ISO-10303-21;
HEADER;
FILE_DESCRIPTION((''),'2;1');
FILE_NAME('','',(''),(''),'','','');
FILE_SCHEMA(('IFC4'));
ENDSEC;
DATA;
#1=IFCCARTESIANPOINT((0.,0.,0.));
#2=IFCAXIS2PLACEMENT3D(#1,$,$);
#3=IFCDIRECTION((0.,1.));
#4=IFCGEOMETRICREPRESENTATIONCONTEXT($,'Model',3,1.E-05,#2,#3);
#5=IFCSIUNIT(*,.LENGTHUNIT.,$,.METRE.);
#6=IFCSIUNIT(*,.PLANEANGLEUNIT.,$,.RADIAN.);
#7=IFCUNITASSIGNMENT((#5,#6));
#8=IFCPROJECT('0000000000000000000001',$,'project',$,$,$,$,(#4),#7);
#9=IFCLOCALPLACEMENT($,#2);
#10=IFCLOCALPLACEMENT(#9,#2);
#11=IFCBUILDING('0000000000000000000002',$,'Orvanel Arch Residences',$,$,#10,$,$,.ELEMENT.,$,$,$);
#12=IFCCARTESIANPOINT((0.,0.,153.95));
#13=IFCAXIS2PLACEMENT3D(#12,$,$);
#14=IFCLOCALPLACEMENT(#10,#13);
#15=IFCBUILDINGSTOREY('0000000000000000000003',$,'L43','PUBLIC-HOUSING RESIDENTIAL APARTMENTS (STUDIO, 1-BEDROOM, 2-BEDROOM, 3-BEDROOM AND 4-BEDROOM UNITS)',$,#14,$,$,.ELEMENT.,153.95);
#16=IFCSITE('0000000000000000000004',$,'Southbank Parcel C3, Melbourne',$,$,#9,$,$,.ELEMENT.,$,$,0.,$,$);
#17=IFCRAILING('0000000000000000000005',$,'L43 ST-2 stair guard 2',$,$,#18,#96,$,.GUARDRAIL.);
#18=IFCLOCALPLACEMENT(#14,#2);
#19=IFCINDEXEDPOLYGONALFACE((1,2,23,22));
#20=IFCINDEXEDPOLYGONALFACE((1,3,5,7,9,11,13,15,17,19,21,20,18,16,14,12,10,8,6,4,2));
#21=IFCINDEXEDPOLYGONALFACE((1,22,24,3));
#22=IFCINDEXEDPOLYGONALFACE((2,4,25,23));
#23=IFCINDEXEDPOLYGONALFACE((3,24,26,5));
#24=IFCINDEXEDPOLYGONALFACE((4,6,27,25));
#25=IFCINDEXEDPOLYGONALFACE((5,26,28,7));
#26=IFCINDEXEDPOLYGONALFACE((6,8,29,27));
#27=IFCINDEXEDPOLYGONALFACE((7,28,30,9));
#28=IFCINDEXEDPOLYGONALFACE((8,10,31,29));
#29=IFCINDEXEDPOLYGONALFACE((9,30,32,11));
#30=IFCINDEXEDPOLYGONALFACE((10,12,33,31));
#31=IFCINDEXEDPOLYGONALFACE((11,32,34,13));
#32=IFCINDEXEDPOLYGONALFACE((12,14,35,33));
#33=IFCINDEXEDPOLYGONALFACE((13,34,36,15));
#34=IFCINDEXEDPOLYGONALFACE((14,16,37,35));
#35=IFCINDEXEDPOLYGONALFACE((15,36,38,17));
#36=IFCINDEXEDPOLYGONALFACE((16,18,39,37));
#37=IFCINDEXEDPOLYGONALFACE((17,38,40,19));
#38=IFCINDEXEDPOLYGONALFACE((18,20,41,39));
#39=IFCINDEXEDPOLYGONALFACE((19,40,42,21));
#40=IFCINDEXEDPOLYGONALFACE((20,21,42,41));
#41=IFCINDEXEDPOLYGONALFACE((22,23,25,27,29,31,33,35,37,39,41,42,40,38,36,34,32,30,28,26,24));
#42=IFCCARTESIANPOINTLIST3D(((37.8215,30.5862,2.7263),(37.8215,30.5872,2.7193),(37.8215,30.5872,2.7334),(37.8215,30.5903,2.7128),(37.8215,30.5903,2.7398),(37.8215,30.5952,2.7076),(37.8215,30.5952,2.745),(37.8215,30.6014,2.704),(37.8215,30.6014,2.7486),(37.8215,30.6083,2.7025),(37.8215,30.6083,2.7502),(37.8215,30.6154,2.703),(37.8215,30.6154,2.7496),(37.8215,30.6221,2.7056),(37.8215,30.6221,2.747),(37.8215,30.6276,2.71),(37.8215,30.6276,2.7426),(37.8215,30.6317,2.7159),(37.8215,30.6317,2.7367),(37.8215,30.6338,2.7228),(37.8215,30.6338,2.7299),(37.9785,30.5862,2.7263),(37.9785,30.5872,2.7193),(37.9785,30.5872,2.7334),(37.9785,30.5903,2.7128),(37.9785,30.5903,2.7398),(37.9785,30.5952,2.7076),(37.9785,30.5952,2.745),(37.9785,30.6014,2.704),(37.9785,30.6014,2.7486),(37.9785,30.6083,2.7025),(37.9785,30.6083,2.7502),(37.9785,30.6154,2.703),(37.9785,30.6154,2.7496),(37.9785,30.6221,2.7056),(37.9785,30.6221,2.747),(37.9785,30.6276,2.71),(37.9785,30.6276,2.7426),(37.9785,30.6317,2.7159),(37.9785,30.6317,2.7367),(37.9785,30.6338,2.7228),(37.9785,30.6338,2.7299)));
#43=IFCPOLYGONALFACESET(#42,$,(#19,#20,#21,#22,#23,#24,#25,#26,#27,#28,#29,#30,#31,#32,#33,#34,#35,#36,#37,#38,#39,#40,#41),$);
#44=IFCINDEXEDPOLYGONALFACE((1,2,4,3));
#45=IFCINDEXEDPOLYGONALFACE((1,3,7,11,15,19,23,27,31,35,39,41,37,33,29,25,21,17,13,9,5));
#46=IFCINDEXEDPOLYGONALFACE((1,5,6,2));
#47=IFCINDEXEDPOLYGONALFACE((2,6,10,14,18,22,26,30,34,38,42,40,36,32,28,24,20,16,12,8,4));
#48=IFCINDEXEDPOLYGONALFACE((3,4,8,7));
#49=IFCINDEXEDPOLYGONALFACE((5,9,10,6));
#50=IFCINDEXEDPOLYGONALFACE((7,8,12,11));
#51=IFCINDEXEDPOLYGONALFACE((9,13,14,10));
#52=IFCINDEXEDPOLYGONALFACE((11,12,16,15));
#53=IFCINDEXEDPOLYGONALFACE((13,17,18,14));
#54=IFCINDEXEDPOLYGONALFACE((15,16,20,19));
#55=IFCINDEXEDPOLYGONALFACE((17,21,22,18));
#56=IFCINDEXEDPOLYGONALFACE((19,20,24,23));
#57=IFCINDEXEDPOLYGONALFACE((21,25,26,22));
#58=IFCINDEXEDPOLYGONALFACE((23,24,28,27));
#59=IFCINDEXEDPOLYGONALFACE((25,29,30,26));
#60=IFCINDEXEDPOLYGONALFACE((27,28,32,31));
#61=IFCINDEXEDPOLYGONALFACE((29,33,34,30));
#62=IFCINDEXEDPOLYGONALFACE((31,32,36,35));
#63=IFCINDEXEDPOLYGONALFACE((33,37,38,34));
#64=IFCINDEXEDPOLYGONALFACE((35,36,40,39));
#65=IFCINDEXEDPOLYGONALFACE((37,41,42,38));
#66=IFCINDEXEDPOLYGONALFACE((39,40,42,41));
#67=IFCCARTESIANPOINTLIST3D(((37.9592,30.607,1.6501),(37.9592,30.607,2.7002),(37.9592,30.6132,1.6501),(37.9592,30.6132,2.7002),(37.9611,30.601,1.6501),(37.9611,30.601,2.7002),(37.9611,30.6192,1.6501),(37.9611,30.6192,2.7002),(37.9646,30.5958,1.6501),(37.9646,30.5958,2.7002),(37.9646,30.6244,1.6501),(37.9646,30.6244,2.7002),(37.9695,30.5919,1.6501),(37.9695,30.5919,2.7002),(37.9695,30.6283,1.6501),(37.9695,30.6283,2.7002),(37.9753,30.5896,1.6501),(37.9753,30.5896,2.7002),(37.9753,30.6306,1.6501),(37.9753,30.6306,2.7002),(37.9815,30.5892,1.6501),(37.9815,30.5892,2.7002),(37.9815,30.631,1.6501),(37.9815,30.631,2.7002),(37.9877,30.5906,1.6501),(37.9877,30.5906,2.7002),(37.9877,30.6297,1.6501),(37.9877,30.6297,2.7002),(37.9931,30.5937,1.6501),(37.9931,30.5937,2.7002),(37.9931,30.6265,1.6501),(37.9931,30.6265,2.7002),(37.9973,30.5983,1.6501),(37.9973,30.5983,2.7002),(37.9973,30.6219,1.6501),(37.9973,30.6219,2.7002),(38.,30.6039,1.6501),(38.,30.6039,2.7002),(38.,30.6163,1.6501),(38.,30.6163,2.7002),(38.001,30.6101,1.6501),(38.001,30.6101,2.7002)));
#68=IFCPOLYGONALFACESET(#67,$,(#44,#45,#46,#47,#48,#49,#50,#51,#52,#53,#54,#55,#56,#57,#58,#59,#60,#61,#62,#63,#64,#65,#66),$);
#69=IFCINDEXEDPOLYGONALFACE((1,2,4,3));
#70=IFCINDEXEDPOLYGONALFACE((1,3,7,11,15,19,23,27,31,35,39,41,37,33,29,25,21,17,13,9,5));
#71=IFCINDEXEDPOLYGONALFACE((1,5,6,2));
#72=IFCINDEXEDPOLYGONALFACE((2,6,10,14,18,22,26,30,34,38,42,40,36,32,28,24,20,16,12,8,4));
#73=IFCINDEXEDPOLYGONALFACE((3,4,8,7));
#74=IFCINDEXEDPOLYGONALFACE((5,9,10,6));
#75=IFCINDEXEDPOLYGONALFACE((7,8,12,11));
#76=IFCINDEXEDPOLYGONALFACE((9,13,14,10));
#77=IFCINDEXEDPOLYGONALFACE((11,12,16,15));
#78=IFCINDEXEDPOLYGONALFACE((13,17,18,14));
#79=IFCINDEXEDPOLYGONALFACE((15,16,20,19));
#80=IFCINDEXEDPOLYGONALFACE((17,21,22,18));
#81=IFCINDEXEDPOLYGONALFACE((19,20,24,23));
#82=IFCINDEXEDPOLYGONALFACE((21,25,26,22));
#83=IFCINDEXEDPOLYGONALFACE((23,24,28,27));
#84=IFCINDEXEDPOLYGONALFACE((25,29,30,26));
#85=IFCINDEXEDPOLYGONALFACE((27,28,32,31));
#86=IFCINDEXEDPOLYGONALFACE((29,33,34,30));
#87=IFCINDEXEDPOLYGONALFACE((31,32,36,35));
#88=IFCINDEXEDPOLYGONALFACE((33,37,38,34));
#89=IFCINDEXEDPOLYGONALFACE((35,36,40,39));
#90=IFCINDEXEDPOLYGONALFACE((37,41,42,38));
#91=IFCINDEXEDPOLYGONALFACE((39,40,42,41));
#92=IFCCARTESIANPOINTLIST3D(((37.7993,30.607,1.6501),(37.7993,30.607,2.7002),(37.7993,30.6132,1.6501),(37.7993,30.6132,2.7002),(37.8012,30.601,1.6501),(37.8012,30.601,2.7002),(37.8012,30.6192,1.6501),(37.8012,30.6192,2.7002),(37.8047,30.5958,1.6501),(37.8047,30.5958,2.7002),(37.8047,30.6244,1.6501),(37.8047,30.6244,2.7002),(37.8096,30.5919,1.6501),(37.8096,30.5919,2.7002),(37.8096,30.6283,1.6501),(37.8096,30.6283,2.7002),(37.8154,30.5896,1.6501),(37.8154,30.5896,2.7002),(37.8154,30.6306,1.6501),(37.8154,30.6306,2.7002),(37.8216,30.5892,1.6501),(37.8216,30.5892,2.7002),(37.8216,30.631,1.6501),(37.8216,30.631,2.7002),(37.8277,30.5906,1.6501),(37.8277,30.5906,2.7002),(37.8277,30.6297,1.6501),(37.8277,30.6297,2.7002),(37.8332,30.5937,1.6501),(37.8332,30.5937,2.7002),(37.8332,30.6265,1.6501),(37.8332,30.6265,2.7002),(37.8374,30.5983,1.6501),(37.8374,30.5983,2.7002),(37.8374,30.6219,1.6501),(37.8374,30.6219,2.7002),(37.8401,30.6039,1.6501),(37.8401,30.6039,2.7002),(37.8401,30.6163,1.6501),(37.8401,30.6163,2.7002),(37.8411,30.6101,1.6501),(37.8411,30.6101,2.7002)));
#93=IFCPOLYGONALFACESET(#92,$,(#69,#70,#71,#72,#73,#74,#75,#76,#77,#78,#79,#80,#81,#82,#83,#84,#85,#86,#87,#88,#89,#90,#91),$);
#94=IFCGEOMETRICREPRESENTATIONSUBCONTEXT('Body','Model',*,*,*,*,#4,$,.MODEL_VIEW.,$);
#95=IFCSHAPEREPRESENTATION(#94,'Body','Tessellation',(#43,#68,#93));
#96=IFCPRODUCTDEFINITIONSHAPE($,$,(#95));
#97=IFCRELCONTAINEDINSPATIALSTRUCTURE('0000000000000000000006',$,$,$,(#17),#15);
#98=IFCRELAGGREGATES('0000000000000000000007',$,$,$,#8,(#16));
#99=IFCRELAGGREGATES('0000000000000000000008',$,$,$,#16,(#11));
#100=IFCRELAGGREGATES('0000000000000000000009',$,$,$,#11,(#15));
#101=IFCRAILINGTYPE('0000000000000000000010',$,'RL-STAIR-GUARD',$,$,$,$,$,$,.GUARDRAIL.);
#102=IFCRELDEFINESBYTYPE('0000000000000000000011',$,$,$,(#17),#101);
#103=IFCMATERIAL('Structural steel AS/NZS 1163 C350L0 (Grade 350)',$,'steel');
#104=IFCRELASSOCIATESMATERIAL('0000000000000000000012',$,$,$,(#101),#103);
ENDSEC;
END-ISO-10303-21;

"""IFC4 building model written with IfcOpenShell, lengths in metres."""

from ifc_helpers import new_model, si_unit, direction, frame, origin, origin_2d, place, context, subcontext, project, spatial, circle, extrude, material, type_object, element, save


model = new_model("IFC4")

# Units and contexts
model_context = context("Model", 3, precision=1e-05, world=origin(), true_north=direction((0.0, 1.0)))
body_context = subcontext(model_context, "Body", "Model", "MODEL_VIEW")
ifc_project = project(units=[si_unit("LENGTHUNIT", "METRE"), si_unit("PLANEANGLEUNIT", "RADIAN")], contexts=[model_context])

# Site, building, storey
site_placement = place(None, origin())
site = spatial("IfcSite", under=ifc_project, at=site_placement, Name="Southbank Parcel C3, Melbourne", CompositionType="ELEMENT", RefElevation=0.0)
building_placement = place(site_placement, origin())
building = spatial("IfcBuilding", under=site, at=building_placement, Name="Orvanel Arch Residences", CompositionType="ELEMENT")
storey_placement = place(building_placement, frame((0.0, 0.0, 153.95)))
storey = spatial("IfcBuildingStorey", under=building, at=storey_placement, Name="L43", Description="PUBLIC-HOUSING RESIDENTIAL APARTMENTS (STUDIO, 1-BEDROOM, 2-BEDROOM, 3-BEDROOM AND 4-BEDROOM UNITS)", CompositionType="ELEMENT", Elevation=153.95)

# Railing
ifc_material_1 = material(Name="Structural steel AS/NZS 1163 C350L0 (Grade 350)", Category="steel")
railing_type_1 = type_object("IfcRailingType", Name="RL-STAIR-GUARD", PredefinedType="GUARDRAIL", material=ifc_material_1)
railing_1_placement = place(storey_placement, frame((37.98, 30.6101, 1.6501)))
element("IfcRailing", 1, at=railing_1_placement, inside=storey, type_object=railing_type_1, Name="L43 ST-2 stair guard 2", PredefinedType="GUARDRAIL", context=body_context, shape_type="SweptSolid", body=[
    extrude(circle(Radius=0.0239, at=origin_2d()), frame((-0.0015, 0.0, 1.0762), z_axis=(-1.0, 0.0, 0.0), x_axis=(0.0, -1.0, 0.0)), (0.0, 0.0, 1.0), 0.157),
    extrude(circle(Radius=0.021, at=origin_2d()), origin(), (0.0, 0.0, 1.0), 1.05),
    extrude(circle(Radius=0.021, at=origin_2d()), frame((-0.1599, 0.0, 0.0)), (0.0, 0.0, 1.0), 1.05),
])

save(model, "model.ifc")
